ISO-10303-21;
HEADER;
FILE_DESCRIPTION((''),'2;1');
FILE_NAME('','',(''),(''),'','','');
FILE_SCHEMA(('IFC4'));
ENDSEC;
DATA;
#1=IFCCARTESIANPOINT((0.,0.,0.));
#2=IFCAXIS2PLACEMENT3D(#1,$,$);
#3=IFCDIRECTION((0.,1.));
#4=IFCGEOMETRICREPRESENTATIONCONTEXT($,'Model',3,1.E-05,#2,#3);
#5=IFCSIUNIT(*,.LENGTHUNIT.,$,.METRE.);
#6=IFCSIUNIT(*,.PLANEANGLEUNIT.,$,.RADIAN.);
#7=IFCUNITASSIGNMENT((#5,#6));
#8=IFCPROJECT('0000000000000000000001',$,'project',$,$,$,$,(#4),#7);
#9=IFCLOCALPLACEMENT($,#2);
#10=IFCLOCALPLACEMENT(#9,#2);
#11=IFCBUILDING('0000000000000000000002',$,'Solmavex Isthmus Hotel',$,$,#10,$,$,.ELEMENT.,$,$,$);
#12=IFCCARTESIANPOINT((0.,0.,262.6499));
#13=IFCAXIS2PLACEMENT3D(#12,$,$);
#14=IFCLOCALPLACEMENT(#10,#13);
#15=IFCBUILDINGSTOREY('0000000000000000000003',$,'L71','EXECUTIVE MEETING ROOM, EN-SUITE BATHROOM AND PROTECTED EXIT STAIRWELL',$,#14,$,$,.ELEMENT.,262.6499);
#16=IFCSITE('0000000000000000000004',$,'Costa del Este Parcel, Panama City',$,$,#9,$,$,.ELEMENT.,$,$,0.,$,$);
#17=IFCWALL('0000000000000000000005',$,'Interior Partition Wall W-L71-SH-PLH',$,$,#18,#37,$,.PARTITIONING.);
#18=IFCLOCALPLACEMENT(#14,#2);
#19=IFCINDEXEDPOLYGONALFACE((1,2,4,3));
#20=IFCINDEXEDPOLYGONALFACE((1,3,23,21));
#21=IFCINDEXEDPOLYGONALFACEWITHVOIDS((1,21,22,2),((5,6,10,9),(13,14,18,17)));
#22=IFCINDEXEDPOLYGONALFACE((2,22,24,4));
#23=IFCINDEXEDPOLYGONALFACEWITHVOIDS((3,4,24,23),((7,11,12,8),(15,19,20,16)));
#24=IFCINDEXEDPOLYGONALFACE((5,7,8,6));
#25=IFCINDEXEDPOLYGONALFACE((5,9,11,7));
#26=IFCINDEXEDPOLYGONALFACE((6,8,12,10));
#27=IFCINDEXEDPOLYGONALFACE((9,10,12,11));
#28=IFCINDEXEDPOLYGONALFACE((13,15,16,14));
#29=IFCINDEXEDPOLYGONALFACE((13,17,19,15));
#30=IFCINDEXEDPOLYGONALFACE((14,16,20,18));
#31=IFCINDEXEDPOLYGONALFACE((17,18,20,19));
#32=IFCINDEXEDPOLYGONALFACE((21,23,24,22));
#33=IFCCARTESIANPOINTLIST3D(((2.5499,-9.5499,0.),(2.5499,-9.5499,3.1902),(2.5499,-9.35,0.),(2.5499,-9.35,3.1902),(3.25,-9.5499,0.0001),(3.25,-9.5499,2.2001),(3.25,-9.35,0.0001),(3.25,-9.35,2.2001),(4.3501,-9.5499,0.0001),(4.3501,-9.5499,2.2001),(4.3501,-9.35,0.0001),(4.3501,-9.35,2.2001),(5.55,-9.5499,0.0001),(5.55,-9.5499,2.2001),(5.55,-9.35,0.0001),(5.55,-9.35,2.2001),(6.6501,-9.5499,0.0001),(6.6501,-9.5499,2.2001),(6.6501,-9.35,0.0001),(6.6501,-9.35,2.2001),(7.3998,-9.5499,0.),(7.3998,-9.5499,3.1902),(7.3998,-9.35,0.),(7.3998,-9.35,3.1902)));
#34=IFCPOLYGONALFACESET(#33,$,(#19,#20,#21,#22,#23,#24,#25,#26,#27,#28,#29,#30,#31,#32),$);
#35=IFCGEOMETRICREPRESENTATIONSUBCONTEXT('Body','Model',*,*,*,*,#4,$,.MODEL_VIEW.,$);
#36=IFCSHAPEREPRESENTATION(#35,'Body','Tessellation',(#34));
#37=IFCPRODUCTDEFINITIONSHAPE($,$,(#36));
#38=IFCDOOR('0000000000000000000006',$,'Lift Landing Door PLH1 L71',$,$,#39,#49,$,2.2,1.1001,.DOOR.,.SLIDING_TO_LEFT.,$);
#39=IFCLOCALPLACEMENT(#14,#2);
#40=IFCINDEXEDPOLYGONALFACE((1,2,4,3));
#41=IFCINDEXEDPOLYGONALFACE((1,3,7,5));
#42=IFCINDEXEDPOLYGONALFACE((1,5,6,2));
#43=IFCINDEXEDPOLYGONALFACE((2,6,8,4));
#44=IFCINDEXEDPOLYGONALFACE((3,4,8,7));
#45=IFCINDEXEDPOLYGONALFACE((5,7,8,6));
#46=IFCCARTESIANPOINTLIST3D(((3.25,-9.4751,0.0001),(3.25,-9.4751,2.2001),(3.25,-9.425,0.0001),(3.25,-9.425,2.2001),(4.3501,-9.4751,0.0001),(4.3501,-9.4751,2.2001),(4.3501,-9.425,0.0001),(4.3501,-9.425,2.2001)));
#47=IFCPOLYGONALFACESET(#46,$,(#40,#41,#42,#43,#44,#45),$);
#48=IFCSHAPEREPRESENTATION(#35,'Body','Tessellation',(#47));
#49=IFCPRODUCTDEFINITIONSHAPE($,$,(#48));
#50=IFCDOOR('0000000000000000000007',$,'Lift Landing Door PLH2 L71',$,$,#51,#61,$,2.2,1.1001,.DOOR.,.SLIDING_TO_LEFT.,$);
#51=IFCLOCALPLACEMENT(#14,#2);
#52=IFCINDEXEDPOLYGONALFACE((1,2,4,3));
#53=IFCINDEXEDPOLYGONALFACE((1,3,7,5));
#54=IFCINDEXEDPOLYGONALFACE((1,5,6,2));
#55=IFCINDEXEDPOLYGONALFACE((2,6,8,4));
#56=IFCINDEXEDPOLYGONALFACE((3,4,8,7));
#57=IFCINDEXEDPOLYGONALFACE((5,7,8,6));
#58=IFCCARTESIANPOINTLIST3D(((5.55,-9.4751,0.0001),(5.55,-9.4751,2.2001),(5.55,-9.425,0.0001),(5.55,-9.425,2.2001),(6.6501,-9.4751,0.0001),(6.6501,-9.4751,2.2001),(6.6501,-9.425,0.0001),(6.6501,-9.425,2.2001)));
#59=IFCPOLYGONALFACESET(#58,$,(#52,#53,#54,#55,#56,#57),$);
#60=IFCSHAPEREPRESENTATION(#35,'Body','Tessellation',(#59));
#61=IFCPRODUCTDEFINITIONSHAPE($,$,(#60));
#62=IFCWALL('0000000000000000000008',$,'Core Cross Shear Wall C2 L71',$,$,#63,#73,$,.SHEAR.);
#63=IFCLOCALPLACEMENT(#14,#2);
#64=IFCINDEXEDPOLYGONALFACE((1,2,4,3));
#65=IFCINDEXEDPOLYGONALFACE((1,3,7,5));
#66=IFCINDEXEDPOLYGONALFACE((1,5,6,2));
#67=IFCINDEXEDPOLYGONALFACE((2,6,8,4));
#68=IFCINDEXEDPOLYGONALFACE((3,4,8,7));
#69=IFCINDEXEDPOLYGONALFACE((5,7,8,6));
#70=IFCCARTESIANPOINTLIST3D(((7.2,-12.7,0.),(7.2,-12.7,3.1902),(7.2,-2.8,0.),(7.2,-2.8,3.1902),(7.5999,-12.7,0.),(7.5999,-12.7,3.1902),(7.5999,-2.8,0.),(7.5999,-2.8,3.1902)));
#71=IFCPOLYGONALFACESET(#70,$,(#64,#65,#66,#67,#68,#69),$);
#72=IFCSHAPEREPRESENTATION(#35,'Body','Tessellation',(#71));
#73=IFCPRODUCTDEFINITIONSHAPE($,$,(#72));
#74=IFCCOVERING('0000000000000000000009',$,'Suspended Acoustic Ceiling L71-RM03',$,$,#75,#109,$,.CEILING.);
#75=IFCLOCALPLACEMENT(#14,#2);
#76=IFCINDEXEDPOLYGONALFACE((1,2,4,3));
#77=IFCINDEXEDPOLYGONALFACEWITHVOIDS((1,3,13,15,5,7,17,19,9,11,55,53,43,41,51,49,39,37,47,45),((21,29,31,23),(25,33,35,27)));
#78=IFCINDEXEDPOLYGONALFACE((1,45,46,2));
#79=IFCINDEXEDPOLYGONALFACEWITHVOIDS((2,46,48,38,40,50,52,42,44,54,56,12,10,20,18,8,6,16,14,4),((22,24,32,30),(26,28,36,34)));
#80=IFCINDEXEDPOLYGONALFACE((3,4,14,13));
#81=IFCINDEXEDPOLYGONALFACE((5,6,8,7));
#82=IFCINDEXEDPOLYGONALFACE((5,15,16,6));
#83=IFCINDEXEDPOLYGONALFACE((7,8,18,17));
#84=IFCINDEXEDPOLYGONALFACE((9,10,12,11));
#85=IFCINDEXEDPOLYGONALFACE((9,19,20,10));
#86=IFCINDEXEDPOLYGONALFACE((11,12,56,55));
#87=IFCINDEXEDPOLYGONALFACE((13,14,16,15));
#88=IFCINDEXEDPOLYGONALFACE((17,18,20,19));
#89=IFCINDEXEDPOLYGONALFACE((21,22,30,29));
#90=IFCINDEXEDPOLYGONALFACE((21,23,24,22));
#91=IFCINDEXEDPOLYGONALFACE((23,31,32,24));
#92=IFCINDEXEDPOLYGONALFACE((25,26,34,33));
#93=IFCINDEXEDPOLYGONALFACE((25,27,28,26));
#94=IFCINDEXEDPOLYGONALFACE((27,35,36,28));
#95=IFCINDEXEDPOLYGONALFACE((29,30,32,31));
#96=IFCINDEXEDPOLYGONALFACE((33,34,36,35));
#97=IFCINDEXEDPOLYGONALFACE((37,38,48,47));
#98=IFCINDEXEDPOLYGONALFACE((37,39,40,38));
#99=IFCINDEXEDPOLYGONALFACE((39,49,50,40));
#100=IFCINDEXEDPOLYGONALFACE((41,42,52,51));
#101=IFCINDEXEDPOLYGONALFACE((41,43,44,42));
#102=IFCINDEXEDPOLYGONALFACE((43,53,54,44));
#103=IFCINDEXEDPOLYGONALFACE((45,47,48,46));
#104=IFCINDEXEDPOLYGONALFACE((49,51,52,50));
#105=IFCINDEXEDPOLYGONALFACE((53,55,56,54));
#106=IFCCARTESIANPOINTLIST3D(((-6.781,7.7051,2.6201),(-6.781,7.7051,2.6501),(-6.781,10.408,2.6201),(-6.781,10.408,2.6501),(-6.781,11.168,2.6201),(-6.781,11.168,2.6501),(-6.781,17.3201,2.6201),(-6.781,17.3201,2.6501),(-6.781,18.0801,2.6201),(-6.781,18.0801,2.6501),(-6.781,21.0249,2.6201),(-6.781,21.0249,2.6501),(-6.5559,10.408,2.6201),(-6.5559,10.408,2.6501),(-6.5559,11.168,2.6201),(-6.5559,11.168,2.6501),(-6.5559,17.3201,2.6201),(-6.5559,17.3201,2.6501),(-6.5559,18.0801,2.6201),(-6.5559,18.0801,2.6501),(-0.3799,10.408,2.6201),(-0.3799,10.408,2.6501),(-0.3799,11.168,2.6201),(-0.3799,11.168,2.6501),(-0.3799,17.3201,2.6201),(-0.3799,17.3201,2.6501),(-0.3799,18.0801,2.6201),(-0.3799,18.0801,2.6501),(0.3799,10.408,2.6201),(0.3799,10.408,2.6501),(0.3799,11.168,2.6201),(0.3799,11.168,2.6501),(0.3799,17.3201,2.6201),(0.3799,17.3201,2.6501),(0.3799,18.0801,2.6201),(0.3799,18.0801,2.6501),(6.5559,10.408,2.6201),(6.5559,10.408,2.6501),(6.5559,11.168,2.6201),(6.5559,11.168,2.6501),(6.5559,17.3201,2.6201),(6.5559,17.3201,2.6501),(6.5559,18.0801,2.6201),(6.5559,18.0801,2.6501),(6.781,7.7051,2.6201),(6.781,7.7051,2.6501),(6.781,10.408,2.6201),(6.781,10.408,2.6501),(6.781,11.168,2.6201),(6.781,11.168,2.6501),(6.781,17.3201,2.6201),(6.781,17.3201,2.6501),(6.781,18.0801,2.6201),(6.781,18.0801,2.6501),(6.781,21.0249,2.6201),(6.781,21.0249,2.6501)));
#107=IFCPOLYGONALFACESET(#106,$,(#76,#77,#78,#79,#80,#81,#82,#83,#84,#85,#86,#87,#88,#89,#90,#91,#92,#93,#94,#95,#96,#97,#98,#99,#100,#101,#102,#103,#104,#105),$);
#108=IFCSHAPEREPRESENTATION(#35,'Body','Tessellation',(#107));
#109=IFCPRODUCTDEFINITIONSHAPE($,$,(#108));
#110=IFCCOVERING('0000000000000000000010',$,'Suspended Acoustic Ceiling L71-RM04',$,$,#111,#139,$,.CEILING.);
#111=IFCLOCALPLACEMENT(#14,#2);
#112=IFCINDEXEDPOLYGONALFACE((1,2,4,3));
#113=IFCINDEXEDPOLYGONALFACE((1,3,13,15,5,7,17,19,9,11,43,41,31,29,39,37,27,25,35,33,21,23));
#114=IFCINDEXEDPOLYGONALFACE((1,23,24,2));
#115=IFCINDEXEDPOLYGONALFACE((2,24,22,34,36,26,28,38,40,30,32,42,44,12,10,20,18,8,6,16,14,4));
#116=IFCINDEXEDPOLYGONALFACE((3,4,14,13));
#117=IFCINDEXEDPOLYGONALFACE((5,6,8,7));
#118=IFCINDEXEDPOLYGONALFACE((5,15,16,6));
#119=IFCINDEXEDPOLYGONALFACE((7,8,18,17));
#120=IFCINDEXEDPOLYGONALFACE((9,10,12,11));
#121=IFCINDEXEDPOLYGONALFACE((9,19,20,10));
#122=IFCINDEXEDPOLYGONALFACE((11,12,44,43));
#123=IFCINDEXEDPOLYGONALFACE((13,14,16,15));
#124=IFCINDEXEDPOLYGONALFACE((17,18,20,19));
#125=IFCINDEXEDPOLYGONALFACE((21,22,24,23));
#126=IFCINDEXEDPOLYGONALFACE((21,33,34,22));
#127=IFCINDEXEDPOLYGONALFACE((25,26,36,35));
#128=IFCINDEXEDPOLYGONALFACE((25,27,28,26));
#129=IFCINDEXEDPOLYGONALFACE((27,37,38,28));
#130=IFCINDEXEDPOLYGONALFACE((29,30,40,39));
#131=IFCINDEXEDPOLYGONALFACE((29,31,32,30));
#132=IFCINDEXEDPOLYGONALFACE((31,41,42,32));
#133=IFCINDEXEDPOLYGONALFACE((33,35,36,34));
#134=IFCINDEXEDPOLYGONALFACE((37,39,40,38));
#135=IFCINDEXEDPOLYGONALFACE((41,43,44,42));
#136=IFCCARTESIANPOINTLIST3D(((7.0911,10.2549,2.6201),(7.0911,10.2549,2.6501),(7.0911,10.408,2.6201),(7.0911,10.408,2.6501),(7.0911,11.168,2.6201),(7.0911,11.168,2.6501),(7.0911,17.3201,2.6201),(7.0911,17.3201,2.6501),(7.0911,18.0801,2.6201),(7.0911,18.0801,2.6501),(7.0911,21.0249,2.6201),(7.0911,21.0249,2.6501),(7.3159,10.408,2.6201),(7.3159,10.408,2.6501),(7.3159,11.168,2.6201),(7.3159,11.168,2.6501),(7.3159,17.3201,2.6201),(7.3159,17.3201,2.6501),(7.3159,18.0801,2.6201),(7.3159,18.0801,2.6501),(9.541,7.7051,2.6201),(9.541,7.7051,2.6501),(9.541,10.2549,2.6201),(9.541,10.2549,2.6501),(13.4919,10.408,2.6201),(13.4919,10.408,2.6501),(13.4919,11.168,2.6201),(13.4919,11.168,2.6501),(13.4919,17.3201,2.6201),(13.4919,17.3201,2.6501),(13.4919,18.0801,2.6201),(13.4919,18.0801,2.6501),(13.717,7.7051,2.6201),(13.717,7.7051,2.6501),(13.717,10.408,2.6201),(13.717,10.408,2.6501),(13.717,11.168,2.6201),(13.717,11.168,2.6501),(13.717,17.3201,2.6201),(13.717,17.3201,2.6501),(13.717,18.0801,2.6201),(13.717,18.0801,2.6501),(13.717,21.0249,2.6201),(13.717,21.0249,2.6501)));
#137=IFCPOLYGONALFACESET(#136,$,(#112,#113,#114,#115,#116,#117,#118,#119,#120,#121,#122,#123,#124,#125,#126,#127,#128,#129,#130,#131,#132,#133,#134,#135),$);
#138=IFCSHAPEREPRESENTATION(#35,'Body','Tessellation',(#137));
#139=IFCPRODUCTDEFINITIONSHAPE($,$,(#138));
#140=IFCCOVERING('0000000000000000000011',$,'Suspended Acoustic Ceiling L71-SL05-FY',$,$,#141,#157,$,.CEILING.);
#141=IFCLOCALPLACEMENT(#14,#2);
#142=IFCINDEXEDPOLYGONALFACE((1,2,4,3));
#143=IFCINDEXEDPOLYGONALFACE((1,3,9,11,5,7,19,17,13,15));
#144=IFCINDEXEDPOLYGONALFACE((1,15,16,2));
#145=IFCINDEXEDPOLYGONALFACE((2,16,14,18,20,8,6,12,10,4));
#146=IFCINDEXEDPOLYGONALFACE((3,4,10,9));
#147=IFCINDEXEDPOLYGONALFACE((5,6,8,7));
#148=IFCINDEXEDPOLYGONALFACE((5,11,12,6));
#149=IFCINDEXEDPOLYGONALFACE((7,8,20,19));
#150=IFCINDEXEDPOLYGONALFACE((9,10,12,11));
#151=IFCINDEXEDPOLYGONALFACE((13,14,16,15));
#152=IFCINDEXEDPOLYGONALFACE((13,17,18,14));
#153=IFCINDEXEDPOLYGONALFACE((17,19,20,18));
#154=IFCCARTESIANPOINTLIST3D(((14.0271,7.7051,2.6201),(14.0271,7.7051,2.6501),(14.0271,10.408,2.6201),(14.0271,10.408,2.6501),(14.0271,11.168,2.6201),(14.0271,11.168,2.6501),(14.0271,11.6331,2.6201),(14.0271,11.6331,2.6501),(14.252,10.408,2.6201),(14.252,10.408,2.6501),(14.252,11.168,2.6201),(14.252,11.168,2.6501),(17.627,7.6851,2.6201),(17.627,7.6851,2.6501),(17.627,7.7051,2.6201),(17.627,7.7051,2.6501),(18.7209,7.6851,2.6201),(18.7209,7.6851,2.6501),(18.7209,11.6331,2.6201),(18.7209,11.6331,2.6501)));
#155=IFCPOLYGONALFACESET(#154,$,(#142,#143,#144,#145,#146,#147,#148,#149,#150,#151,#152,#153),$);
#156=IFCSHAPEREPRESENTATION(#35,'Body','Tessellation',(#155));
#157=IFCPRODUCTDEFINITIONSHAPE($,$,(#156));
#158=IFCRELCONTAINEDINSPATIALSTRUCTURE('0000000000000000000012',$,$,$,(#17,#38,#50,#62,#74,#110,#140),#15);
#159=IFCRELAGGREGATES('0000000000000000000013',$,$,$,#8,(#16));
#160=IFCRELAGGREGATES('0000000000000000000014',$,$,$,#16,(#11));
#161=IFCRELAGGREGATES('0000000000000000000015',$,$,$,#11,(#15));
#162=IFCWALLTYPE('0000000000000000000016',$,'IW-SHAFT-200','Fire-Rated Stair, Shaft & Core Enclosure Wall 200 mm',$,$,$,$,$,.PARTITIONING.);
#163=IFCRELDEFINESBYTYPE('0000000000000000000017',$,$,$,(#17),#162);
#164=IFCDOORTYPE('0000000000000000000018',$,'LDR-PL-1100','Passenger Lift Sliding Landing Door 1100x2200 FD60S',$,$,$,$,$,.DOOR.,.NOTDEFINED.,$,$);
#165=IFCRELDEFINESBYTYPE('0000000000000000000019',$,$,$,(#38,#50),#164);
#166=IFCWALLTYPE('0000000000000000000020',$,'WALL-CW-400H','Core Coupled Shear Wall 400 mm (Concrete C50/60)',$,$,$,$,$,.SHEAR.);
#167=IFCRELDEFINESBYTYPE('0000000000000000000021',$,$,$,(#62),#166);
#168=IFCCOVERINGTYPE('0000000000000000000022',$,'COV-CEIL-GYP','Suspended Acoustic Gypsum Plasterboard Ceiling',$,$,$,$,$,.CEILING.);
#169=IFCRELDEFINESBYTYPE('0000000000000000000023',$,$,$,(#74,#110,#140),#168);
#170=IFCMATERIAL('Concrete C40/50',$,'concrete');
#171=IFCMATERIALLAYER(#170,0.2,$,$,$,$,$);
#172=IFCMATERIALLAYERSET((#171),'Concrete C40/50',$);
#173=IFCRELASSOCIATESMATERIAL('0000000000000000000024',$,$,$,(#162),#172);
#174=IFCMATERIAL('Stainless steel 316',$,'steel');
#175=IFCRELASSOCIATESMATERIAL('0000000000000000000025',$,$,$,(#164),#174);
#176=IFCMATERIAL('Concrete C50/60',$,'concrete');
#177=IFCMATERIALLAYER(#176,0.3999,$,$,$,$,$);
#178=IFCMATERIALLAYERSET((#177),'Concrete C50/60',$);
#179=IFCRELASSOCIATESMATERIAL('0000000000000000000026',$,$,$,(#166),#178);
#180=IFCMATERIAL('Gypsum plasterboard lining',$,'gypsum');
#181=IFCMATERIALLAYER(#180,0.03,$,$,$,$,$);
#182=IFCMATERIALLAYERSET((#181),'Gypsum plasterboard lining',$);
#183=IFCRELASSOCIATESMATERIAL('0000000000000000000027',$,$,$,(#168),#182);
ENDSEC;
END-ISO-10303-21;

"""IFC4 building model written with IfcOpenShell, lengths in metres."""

from ifc_helpers import new_model, si_unit, direction, frame, frame_2d, origin, place, context, subcontext, project, spatial, polyline, rectangle, outline, extrude, material, layer, layer_set, type_object, element, fill, save


model = new_model("IFC4")

# Units and contexts
model_context = context("Model", 3, precision=1e-05, world=origin(), true_north=direction((0.0, 1.0)))
body_context = subcontext(model_context, "Body", "Model", "MODEL_VIEW")
ifc_project = project(units=[si_unit("LENGTHUNIT", "METRE"), si_unit("PLANEANGLEUNIT", "RADIAN")], contexts=[model_context])

# Site, building, storey
site_placement = place(None, origin())
site = spatial("IfcSite", under=ifc_project, at=site_placement, Name="Costa del Este Parcel, Panama City", CompositionType="ELEMENT", RefElevation=0.0)
building_placement = place(site_placement, origin())
building = spatial("IfcBuilding", under=site, at=building_placement, Name="Solmavex Isthmus Hotel", CompositionType="ELEMENT")
storey_placement = place(building_placement, frame((0.0, 0.0, 262.6499)))
storey = spatial("IfcBuildingStorey", under=building, at=storey_placement, Name="L71", Description="EXECUTIVE MEETING ROOM, EN-SUITE BATHROOM AND PROTECTED EXIT STAIRWELL", CompositionType="ELEMENT", Elevation=262.6499)

# Shared definitions
ifc_material_1 = material(Name="Concrete C50/60", Category="concrete")

# Shared definitions
ifc_material_2 = material(Name="Gypsum plasterboard lining", Category="gypsum")

# Shared definitions
ifc_material_3 = material(Name="Concrete C40/50", Category="concrete")

# Shared definitions
ifc_layer_1 = layer(ifc_material_3, 0.2)
ifc_layer_set_1 = layer_set([ifc_layer_1], Name="Concrete C40/50")
wall_type_1 = type_object("IfcWallType", Name="IW-SHAFT-200", Description="Fire-Rated Stair, Shaft & Core Enclosure Wall 200 mm", PredefinedType="PARTITIONING", material=ifc_layer_set_1)
ifc_material_4 = material(Name="Stainless steel 316", Category="steel")

# Wall, openings, doors
wall_1_placement = place(storey_placement, frame((2.55, -9.45, 0.0), z_axis=(0.0, 0.0, 1.0), x_axis=(1.0, 0.0, 0.0)))
wall_1 = element("IfcWall", 1, at=wall_1_placement, inside=storey, type_object=wall_type_1, Name="Interior Partition Wall W-L71-SH-PLH", PredefinedType="PARTITIONING", context=body_context, shape_type="SweptSolid", body=[
    extrude(rectangle(XDim=4.8499, YDim=0.2, at=frame_2d((2.4248, 0.0))), origin(), (0.0, 0.0, 1.0), 3.1902),
])
opening_1_placement = place(wall_1_placement, frame((0.7, 0.0, 0.0)))
opening_1 = element("IfcOpeningElement", 2, at=opening_1_placement, cuts=wall_1, PredefinedType="OPENING", context=body_context, shape_type="SweptSolid", body=[
    extrude(rectangle(XDim=1.1001, YDim=2.2, at=frame_2d((0.55, 1.1001))), frame((0.0, 0.1099, 0.0), z_axis=(0.0, -1.0, 0.0), x_axis=(1.0, 0.0, 0.0)), (0.0, 0.0, 1.0), 0.22),
])
opening_2_placement = place(wall_1_placement, frame((3.0, 0.0, 0.0)))
opening_2 = element("IfcOpeningElement", 3, at=opening_2_placement, cuts=wall_1, PredefinedType="OPENING", context=body_context, shape_type="SweptSolid", body=[
    extrude(rectangle(XDim=1.1001, YDim=2.2, at=frame_2d((0.55, 1.1001))), frame((0.0, 0.1099, 0.0), z_axis=(0.0, -1.0, 0.0), x_axis=(1.0, 0.0, 0.0)), (0.0, 0.0, 1.0), 0.22),
])
door_type_1 = type_object("IfcDoorType", Name="LDR-PL-1100", Description="Passenger Lift Sliding Landing Door 1100x2200 FD60S", OperationType="NOTDEFINED", PredefinedType="DOOR", material=ifc_material_4)
door_1_placement = place(opening_1_placement, origin())
door_1 = element("IfcDoor", 4, at=door_1_placement, inside=storey, type_object=door_type_1, Name="Lift Landing Door PLH1 L71", OperationType="SLIDING_TO_LEFT", OverallHeight=2.2, OverallWidth=1.1001, PredefinedType="DOOR", context=body_context, shape_type="SweptSolid", body=[
    extrude(rectangle(XDim=1.1001, YDim=2.2, at=frame_2d((0.55, 1.1001))), frame((0.0, 0.0249, 0.0), z_axis=(0.0, -1.0, 0.0), x_axis=(1.0, 0.0, 0.0)), (0.0, 0.0, 1.0), 0.05),
])
fill(opening_1, door_1)
door_2_placement = place(opening_2_placement, origin())
door_2 = element("IfcDoor", 5, at=door_2_placement, inside=storey, type_object=door_type_1, Name="Lift Landing Door PLH2 L71", OperationType="SLIDING_TO_LEFT", OverallHeight=2.2, OverallWidth=1.1001, PredefinedType="DOOR", context=body_context, shape_type="SweptSolid", body=[
    extrude(rectangle(XDim=1.1001, YDim=2.2, at=frame_2d((0.55, 1.1001))), frame((0.0, 0.0249, 0.0), z_axis=(0.0, -1.0, 0.0), x_axis=(1.0, 0.0, 0.0)), (0.0, 0.0, 1.0), 0.05),
])
fill(opening_2, door_2)

# Wall
ifc_layer_2 = layer(ifc_material_1, 0.3999)
ifc_layer_set_2 = layer_set([ifc_layer_2], Name="Concrete C50/60")
wall_type_2 = type_object("IfcWallType", Name="WALL-CW-400H", Description="Core Coupled Shear Wall 400 mm (Concrete C50/60)", PredefinedType="SHEAR", material=ifc_layer_set_2)
wall_2_placement = place(storey_placement, frame((7.3999, -12.7, 0.0), z_axis=(0.0, 0.0, 1.0), x_axis=(0.0, 1.0, 0.0)))
element("IfcWall", 6, at=wall_2_placement, inside=storey, type_object=wall_type_2, Name="Core Cross Shear Wall C2 L71", PredefinedType="SHEAR", context=body_context, shape_type="SweptSolid", body=[
    extrude(rectangle(XDim=9.8999, YDim=0.3999, at=frame_2d((4.95, 0.0))), origin(), (0.0, 0.0, 1.0), 3.1902),
])

# Coverings
ifc_layer_3 = layer(ifc_material_2, 0.03)
ifc_layer_set_3 = layer_set([ifc_layer_3], Name="Gypsum plasterboard lining")
covering_type_1 = type_object("IfcCoveringType", Name="COV-CEIL-GYP", Description="Suspended Acoustic Gypsum Plasterboard Ceiling", PredefinedType="CEILING", material=ifc_layer_set_3)
covering_1_placement = place(storey_placement, frame((0.0, 0.0, 2.6201)))
element("IfcCovering", 7, at=covering_1_placement, inside=storey, type_object=covering_type_1, Name="Suspended Acoustic Ceiling L71-RM03", PredefinedType="CEILING", context=body_context, shape_type="SweptSolid", body=[
    extrude(outline(polyline([(-6.781, 11.168), (-6.5559, 11.168), (-6.5559, 10.408), (-6.781, 10.408), (-6.781, 7.7051), (6.781, 7.7051), (6.781, 10.408), (6.5559, 10.408), (6.5559, 11.168), (6.781, 11.168), (6.781, 17.3201), (6.5559, 17.3201), (6.5559, 18.0801), (6.781, 18.0801), (6.781, 21.0249), (-6.781, 21.0249), (-6.781, 18.0801), (-6.5559, 18.0801), (-6.5559, 17.3201), (-6.781, 17.3201), (-6.781, 11.168)]), holes=[polyline([(-0.3799, 10.408), (-0.3799, 11.168), (0.3799, 11.168), (0.3799, 10.408), (-0.3799, 10.408)]), polyline([(-0.3799, 17.3201), (-0.3799, 18.0801), (0.3799, 18.0801), (0.3799, 17.3201), (-0.3799, 17.3201)])]), origin(), (0.0, 0.0, 1.0), 0.03),
])
covering_2_placement = place(storey_placement, frame((0.0, 0.0, 2.6201)))
element("IfcCovering", 8, at=covering_2_placement, inside=storey, type_object=covering_type_1, Name="Suspended Acoustic Ceiling L71-RM04", PredefinedType="CEILING", context=body_context, shape_type="SweptSolid", body=[
    extrude(outline(polyline([(7.0911, 11.168), (7.3159, 11.168), (7.3159, 10.408), (7.0911, 10.408), (7.0911, 10.2549), (9.541, 10.2549), (9.541, 7.7051), (13.717, 7.7051), (13.717, 10.408), (13.4919, 10.408), (13.4919, 11.168), (13.717, 11.168), (13.717, 17.3201), (13.4919, 17.3201), (13.4919, 18.0801), (13.717, 18.0801), (13.717, 21.0249), (7.0911, 21.0249), (7.0911, 18.0801), (7.3159, 18.0801), (7.3159, 17.3201), (7.0911, 17.3201), (7.0911, 11.168)])), origin(), (0.0, 0.0, 1.0), 0.03),
])
covering_3_placement = place(storey_placement, frame((0.0, 0.0, 2.6201)))
element("IfcCovering", 9, at=covering_3_placement, inside=storey, type_object=covering_type_1, Name="Suspended Acoustic Ceiling L71-SL05-FY", PredefinedType="CEILING", context=body_context, shape_type="SweptSolid", body=[
    extrude(outline(polyline([(14.0271, 11.168), (14.252, 11.168), (14.252, 10.408), (14.0271, 10.408), (14.0271, 7.7051), (17.627, 7.7051), (17.627, 7.6851), (18.7209, 7.6851), (18.7209, 11.6331), (14.0271, 11.6331), (14.0271, 11.168)])), origin(), (0.0, 0.0, 1.0), 0.03),
])

save(model, "model.ifc")
